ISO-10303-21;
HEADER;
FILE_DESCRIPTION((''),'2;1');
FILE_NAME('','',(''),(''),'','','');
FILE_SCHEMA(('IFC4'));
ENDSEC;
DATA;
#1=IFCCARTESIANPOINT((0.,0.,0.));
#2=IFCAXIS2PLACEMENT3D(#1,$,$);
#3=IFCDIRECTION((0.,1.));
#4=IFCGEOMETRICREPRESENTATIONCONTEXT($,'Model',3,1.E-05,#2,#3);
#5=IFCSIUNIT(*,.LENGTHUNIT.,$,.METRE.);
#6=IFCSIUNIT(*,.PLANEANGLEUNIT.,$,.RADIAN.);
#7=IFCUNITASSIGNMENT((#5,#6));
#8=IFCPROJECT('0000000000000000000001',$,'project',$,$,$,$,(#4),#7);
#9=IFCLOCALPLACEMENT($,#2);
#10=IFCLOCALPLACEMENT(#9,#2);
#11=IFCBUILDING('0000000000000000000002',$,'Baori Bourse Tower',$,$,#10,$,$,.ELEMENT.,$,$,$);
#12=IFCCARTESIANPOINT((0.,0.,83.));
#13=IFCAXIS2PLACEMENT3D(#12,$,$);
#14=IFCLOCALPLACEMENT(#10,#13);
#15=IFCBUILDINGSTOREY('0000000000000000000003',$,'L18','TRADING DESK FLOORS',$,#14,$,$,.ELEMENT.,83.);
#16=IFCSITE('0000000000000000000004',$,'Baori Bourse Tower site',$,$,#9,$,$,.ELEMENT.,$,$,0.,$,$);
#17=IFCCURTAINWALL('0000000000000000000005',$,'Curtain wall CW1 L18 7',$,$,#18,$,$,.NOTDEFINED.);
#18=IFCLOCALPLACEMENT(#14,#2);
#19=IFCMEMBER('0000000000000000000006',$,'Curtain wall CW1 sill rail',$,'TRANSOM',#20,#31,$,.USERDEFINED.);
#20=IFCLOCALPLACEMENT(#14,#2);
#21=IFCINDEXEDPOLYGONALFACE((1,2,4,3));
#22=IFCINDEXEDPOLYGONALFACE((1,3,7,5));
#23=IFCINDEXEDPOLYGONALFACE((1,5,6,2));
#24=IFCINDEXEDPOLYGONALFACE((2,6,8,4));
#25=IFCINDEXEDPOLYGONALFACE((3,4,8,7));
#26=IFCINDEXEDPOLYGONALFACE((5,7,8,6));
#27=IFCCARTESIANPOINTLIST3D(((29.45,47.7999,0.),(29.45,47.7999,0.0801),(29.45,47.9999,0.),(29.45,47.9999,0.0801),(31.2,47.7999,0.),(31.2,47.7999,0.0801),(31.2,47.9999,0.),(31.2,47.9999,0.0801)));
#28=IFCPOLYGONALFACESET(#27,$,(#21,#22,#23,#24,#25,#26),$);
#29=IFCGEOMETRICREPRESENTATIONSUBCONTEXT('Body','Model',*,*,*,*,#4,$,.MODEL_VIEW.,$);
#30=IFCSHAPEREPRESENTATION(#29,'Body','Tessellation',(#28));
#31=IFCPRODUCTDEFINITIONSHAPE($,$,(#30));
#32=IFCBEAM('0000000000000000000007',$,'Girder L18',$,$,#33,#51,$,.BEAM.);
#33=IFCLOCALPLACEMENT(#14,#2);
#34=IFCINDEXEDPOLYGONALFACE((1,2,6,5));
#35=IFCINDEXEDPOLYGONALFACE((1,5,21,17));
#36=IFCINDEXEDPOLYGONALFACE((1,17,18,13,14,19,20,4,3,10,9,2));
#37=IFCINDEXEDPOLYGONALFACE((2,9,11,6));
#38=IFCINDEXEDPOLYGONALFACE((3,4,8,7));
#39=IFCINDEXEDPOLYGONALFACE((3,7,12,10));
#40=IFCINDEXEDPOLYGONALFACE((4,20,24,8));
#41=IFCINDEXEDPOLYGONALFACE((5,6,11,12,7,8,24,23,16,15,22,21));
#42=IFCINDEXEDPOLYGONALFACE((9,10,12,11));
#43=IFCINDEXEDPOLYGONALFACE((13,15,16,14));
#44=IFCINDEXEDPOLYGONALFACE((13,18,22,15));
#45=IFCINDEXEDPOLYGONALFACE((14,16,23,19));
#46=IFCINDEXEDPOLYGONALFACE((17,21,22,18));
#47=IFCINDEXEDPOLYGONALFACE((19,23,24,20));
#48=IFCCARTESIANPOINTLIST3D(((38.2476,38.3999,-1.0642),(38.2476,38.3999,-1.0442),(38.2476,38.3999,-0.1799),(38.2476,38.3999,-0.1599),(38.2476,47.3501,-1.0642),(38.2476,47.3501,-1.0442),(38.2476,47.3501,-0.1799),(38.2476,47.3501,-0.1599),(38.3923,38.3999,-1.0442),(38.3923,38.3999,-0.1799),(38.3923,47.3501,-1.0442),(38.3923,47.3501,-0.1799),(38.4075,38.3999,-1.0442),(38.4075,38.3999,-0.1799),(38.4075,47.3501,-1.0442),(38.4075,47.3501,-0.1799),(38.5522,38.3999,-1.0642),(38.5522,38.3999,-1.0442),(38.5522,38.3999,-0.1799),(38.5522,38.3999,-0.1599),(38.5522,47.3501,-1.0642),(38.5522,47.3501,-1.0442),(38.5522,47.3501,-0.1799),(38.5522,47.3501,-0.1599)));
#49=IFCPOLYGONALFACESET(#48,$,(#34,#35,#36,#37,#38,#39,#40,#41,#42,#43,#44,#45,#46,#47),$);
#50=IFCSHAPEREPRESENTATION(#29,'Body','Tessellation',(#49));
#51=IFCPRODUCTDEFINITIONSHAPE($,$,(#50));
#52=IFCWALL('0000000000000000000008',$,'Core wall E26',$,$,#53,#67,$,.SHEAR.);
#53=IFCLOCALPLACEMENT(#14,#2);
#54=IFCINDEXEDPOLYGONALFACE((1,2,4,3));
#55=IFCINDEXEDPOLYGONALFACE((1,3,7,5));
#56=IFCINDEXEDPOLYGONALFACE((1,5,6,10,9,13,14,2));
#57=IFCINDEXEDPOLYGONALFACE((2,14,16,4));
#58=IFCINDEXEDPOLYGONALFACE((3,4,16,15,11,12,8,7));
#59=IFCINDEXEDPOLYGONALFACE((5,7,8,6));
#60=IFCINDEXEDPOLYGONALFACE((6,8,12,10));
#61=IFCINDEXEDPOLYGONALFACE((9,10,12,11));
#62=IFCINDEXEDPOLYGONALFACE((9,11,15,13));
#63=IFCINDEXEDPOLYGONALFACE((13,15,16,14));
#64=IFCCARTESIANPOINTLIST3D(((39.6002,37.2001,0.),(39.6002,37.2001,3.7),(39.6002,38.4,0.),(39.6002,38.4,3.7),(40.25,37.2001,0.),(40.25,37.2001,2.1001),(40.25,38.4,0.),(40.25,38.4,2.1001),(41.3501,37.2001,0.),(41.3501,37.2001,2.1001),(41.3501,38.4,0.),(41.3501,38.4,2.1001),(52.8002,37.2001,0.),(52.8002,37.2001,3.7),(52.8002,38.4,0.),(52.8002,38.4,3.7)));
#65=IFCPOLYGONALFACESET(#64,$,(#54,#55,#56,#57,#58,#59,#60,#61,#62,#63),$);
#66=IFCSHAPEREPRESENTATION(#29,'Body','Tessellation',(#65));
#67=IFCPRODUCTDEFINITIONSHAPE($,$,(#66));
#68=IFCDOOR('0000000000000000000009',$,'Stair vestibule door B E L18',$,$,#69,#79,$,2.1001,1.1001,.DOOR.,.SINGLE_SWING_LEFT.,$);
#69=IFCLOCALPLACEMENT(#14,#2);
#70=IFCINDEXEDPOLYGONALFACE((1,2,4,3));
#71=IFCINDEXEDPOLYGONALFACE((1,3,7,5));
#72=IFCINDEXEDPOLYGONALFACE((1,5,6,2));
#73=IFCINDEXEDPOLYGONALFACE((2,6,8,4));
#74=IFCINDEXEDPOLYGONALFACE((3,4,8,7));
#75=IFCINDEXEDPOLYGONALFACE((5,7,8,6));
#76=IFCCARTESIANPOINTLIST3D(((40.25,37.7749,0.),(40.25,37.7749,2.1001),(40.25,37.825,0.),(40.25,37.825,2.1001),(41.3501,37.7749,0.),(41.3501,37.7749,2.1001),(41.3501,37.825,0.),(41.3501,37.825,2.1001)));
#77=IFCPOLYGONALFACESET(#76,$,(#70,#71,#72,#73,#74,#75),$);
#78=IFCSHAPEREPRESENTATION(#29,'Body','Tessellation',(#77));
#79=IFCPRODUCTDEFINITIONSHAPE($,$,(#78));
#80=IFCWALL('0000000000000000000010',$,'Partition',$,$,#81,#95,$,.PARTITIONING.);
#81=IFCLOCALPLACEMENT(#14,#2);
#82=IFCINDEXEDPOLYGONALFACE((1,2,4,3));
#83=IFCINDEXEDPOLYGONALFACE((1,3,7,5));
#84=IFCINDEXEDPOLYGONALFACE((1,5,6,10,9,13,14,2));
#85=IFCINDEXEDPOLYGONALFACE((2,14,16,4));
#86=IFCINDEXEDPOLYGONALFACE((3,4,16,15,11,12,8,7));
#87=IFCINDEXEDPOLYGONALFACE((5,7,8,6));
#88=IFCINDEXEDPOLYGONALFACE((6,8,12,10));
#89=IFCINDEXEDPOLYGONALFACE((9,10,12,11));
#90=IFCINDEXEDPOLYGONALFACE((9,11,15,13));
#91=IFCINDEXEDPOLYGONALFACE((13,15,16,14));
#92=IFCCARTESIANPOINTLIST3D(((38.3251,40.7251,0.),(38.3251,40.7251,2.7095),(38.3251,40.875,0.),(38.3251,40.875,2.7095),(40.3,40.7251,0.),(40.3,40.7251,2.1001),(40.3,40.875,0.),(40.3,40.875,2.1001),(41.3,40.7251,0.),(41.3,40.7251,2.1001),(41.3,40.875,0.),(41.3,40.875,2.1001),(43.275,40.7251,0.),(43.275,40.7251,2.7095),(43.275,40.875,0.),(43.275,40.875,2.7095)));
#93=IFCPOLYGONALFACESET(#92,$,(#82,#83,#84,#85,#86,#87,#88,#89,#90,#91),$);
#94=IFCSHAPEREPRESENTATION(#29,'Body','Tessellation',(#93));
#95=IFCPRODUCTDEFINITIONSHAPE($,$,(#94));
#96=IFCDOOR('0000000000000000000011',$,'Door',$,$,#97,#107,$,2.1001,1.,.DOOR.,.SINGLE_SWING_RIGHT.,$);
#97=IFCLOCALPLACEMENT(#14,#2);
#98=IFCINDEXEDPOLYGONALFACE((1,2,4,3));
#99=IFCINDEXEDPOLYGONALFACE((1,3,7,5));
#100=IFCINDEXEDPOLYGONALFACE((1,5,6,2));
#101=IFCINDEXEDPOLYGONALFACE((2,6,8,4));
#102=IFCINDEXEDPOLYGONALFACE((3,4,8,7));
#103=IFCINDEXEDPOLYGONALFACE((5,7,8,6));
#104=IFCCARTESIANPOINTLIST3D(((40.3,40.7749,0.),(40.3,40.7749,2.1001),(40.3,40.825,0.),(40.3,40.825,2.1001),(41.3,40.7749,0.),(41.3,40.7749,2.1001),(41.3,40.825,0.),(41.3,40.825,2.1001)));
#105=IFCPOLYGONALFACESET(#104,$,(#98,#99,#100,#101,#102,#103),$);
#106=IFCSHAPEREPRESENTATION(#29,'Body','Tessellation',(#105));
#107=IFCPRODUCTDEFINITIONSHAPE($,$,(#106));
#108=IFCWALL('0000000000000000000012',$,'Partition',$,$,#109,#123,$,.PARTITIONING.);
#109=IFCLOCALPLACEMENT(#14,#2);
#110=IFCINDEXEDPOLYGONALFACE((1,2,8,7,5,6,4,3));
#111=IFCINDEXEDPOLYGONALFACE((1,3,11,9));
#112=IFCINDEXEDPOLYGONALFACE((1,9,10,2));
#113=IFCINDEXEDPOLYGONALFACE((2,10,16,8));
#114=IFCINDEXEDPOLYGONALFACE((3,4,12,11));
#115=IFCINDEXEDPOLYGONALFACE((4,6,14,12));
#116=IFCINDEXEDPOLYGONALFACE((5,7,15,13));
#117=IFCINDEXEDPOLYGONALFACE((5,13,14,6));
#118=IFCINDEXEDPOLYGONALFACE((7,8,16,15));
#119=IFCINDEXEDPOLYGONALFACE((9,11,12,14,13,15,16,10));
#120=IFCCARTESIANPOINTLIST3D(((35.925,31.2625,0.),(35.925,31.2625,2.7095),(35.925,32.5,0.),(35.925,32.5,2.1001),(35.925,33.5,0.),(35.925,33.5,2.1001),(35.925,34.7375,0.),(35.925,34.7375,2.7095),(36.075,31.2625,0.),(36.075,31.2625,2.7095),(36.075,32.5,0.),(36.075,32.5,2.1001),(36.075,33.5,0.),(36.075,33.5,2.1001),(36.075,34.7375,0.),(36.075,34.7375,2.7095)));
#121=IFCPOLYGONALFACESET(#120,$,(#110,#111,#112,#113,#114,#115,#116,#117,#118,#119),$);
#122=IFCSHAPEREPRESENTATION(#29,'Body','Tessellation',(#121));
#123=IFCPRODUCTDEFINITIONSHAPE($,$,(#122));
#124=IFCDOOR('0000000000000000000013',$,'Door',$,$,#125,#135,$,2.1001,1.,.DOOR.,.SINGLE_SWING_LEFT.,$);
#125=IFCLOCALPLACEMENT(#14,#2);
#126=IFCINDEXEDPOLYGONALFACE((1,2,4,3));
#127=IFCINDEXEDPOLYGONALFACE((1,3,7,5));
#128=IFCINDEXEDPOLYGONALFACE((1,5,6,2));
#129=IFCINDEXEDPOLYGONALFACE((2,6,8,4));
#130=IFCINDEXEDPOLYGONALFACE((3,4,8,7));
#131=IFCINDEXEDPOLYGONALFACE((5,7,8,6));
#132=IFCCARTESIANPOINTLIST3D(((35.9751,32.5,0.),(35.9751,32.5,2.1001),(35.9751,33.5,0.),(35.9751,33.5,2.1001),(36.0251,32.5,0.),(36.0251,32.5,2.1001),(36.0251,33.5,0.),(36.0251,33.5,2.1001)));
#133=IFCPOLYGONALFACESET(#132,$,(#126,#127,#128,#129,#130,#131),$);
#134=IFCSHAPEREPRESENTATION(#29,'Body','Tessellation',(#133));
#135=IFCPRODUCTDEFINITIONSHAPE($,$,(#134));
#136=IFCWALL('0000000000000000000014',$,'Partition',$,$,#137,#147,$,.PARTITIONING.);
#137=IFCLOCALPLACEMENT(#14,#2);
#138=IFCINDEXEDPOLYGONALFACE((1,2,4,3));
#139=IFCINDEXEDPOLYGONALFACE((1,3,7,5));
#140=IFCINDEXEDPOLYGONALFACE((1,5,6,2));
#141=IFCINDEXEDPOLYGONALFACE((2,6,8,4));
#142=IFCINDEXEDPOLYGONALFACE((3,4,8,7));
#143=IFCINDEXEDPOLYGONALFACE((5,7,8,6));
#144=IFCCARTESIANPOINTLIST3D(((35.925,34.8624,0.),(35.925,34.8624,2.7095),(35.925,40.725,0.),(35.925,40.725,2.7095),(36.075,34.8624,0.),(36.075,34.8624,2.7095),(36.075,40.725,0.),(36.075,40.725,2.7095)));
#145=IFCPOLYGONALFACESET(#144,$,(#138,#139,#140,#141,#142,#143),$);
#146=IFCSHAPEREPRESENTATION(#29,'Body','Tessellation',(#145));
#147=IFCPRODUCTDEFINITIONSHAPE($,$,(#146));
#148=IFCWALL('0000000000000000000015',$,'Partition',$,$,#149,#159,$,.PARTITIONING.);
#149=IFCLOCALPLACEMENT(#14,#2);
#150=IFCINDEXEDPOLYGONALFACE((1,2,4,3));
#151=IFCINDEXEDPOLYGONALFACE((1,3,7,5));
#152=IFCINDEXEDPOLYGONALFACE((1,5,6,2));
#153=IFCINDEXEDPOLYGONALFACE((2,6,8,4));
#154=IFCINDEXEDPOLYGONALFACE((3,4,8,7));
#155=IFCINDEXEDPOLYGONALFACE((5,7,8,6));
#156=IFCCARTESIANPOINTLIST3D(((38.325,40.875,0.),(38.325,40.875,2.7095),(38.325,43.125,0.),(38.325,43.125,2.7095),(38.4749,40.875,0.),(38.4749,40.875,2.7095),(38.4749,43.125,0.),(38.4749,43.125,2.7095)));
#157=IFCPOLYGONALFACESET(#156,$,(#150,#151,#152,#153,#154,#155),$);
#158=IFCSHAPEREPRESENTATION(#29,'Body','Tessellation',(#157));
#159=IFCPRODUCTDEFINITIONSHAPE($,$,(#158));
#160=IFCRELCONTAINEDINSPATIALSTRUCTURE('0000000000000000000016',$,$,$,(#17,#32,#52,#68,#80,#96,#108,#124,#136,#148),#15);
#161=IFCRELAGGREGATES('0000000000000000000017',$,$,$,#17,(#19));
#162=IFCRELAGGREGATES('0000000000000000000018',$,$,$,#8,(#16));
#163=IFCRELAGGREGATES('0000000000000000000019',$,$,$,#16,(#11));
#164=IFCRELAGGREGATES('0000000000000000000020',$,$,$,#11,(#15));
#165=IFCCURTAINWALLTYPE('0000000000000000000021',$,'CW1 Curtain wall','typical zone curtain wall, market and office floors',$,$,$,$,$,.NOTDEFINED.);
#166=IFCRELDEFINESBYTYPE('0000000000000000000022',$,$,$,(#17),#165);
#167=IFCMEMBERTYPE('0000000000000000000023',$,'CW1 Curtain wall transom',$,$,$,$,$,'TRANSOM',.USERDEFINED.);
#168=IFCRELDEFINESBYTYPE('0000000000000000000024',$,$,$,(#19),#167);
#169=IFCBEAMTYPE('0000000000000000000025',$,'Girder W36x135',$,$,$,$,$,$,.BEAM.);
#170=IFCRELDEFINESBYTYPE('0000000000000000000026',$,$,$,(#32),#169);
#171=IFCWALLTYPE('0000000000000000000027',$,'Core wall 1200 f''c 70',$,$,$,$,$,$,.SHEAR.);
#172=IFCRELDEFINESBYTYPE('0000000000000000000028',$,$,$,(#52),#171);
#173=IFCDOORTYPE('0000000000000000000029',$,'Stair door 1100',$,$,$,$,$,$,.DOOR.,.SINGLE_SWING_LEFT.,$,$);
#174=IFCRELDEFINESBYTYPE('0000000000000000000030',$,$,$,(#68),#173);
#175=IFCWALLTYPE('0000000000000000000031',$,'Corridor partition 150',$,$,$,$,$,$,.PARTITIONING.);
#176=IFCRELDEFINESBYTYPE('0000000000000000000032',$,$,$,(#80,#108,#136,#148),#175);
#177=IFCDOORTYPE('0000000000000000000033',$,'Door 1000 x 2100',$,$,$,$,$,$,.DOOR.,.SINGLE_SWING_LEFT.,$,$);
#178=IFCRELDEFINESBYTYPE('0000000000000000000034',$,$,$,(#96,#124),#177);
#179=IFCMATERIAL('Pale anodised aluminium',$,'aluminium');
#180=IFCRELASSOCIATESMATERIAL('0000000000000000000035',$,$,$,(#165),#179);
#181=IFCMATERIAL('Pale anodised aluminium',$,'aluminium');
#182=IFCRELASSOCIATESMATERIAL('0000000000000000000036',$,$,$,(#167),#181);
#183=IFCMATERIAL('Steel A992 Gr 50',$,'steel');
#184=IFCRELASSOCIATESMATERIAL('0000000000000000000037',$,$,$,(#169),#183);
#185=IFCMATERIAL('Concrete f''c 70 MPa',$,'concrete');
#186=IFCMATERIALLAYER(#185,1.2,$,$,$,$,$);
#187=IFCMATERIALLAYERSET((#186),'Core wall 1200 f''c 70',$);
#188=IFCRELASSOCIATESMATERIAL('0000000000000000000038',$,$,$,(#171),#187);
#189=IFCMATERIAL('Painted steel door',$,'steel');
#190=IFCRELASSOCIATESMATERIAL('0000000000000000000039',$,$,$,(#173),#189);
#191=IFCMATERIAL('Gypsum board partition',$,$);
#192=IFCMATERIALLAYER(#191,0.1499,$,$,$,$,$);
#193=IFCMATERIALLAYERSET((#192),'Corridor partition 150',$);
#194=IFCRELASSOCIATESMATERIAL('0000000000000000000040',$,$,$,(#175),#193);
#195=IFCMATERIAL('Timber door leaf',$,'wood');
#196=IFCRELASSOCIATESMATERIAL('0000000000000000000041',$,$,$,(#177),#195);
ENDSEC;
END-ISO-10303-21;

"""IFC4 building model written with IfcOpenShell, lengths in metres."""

from ifc_helpers import new_model, si_unit, direction, frame, frame_2d, origin, origin_2d, place, context, subcontext, project, spatial, rectangle, i_section, extrude, material, layer, layer_set, material_profile, profile_set, type_object, element, fill, aggregate, save


model = new_model("IFC4")

# Units and contexts
model_context = context("Model", 3, precision=1e-05, world=origin(), true_north=direction((0.0, 1.0)))
body_context = subcontext(model_context, "Body", "Model", "MODEL_VIEW")
ifc_project = project(units=[si_unit("LENGTHUNIT", "METRE"), si_unit("PLANEANGLEUNIT", "RADIAN")], contexts=[model_context])

# Site, building, storey
site_placement = place(None, origin())
site = spatial("IfcSite", under=ifc_project, at=site_placement, Name="Baori Bourse Tower site", CompositionType="ELEMENT", RefElevation=0.0)
building_placement = place(site_placement, origin())
building = spatial("IfcBuilding", under=site, at=building_placement, Name="Baori Bourse Tower", CompositionType="ELEMENT")
storey_placement = place(building_placement, frame((0.0, 0.0, 83.0)))
storey = spatial("IfcBuildingStorey", under=building, at=storey_placement, Name="L18", Description="TRADING DESK FLOORS", CompositionType="ELEMENT", Elevation=83.0)

# Curtain wall, member
ifc_material_1 = material(Name="Pale anodised aluminium", Category="aluminium")
curtain_wall_type = type_object("IfcCurtainWallType", Name="CW1 Curtain wall", Description="typical zone curtain wall, market and office floors", PredefinedType="NOTDEFINED", material=ifc_material_1)
curtain_wall_placement = place(storey_placement, origin())
curtain_wall = element("IfcCurtainWall", 1, at=curtain_wall_placement, inside=storey, type_object=curtain_wall_type, Name="Curtain wall CW1 L18 7", PredefinedType="NOTDEFINED")
ifc_material_2 = material(Name="Pale anodised aluminium", Category="aluminium")
ifc_material_profile_1 = material_profile(ifc_material_2, rectangle(XDim=0.2, YDim=0.0801, at=origin_2d()), Name="Transom 80x200")
ifc_profile_set_1 = profile_set([ifc_material_profile_1], Name="Pale anodised aluminium")
member_type = type_object("IfcMemberType", Name="CW1 Curtain wall transom", ElementType="TRANSOM", PredefinedType="USERDEFINED", material=ifc_profile_set_1)
member_placement = place(storey_placement, frame((31.2, 47.8999, 0.04), z_axis=(-1.0, 0.0, 0.0), x_axis=(0.0, -1.0, 0.0)))
member = element("IfcMember", 2, at=member_placement, type_object=member_type, Name="Curtain wall CW1 sill rail", ObjectType="TRANSOM", PredefinedType="USERDEFINED", context=body_context, shape_type="SweptSolid", body=[
    extrude(rectangle(XDim=0.2, YDim=0.0801, at=origin_2d()), origin(), (0.0, 0.0, 1.0), 1.75),
])
aggregate(curtain_wall, [member])

# Beam
ifc_material_3 = material(Name="Steel A992 Gr 50", Category="steel")
ifc_material_profile_2 = material_profile(ifc_material_3, i_section(OverallWidth=0.3047, OverallDepth=0.9043, WebThickness=0.0151, FlangeThickness=0.02, at=origin_2d()), Name="W36x135")
ifc_profile_set_2 = profile_set([ifc_material_profile_2], Name="Steel A992 Gr 50")
beam_type = type_object("IfcBeamType", Name="Girder W36x135", PredefinedType="BEAM", material=ifc_profile_set_2)
beam_placement = place(storey_placement, frame((38.3999, 38.3999, -0.6121), z_axis=(0.0, 1.0, 0.0), x_axis=(-1.0, 0.0, 0.0)))
element("IfcBeam", 3, at=beam_placement, inside=storey, type_object=beam_type, Name="Girder L18", PredefinedType="BEAM", context=body_context, shape_type="SweptSolid", body=[
    extrude(i_section(OverallWidth=0.3047, OverallDepth=0.9043, WebThickness=0.0151, FlangeThickness=0.02, at=origin_2d()), origin(), (0.0, 0.0, 1.0), 8.9502),
])

# Walls, openings, doors
ifc_material_4 = material(Name="Concrete f'c 70 MPa", Category="concrete")
ifc_layer_1 = layer(ifc_material_4, 1.2)
ifc_layer_set_1 = layer_set([ifc_layer_1], Name="Core wall 1200 f'c 70")
wall_type_1 = type_object("IfcWallType", Name="Core wall 1200 f'c 70", PredefinedType="SHEAR", material=ifc_layer_set_1)
wall_1_placement = place(storey_placement, frame((39.6001, 37.8, 0.0), z_axis=(0.0, 0.0, 1.0), x_axis=(1.0, 0.0, 0.0)))
wall_1 = element("IfcWall", 4, at=wall_1_placement, inside=storey, type_object=wall_type_1, Name="Core wall E26", PredefinedType="SHEAR", context=body_context, shape_type="SweptSolid", body=[
    extrude(rectangle(XDim=13.2, YDim=1.2, at=frame_2d((6.6001, 0.0))), origin(), (0.0, 0.0, 1.0), 3.7),
])
opening_1_placement = place(wall_1_placement, frame((0.6499, 0.0, 0.0)))
opening_1 = element("IfcOpeningElement", 5, at=opening_1_placement, cuts=wall_1, PredefinedType="OPENING", context=body_context, shape_type="SweptSolid", body=[
    extrude(rectangle(XDim=1.1001, YDim=2.1001, at=frame_2d((0.55, 1.05))), frame((0.0, 0.6099, 0.0), z_axis=(0.0, -1.0, 0.0), x_axis=(1.0, 0.0, 0.0)), (0.0, 0.0, 1.0), 1.22),
])
ifc_material_5 = material(Name="Painted steel door", Category="steel")
door_type_1 = type_object("IfcDoorType", Name="Stair door 1100", OperationType="SINGLE_SWING_LEFT", PredefinedType="DOOR", material=ifc_material_5)
door_1_placement = place(opening_1_placement, origin())
door_1 = element("IfcDoor", 6, at=door_1_placement, inside=storey, type_object=door_type_1, Name="Stair vestibule door B E L18", OperationType="SINGLE_SWING_LEFT", OverallHeight=2.1001, OverallWidth=1.1001, PredefinedType="DOOR", context=body_context, shape_type="SweptSolid", body=[
    extrude(rectangle(XDim=1.1001, YDim=2.1001, at=frame_2d((0.55, 1.05))), frame((0.0, 0.0249, 0.0), z_axis=(0.0, -1.0, 0.0), x_axis=(1.0, 0.0, 0.0)), (0.0, 0.0, 1.0), 0.05),
])
fill(opening_1, door_1)
ifc_material_6 = material(Name="Gypsum board partition")
ifc_layer_2 = layer(ifc_material_6, 0.1499)
ifc_layer_set_2 = layer_set([ifc_layer_2], Name="Corridor partition 150")
wall_type_2 = type_object("IfcWallType", Name="Corridor partition 150", PredefinedType="PARTITIONING", material=ifc_layer_set_2)
wall_2_placement = place(storey_placement, frame((38.325, 40.8, 0.0), z_axis=(0.0, 0.0, 1.0), x_axis=(1.0, 0.0, 0.0)))
wall_2 = element("IfcWall", 7, at=wall_2_placement, inside=storey, type_object=wall_type_2, Name="Partition", PredefinedType="PARTITIONING", context=body_context, shape_type="SweptSolid", body=[
    extrude(rectangle(XDim=4.95, YDim=0.1499, at=frame_2d((2.4751, 0.0))), origin(), (0.0, 0.0, 1.0), 2.7095),
])
opening_2_placement = place(wall_2_placement, frame((1.9751, 0.0, 0.0)))
opening_2 = element("IfcOpeningElement", 8, at=opening_2_placement, cuts=wall_2, PredefinedType="OPENING", context=body_context, shape_type="SweptSolid", body=[
    extrude(rectangle(XDim=1.0, YDim=2.1001, at=frame_2d((0.5, 1.05))), frame((0.0, 0.085, 0.0), z_axis=(0.0, -1.0, 0.0), x_axis=(1.0, 0.0, 0.0)), (0.0, 0.0, 1.0), 0.1699),
])
ifc_material_7 = material(Name="Timber door leaf", Category="wood")
door_type_2 = type_object("IfcDoorType", Name="Door 1000 x 2100", OperationType="SINGLE_SWING_LEFT", PredefinedType="DOOR", material=ifc_material_7)
door_2_placement = place(opening_2_placement, origin())
door_2 = element("IfcDoor", 9, at=door_2_placement, inside=storey, type_object=door_type_2, Name="Door", OperationType="SINGLE_SWING_RIGHT", OverallHeight=2.1001, OverallWidth=1.0, PredefinedType="DOOR", context=body_context, shape_type="SweptSolid", body=[
    extrude(rectangle(XDim=1.0, YDim=2.1001, at=frame_2d((0.5, 1.05))), frame((0.0, 0.0249, 0.0), z_axis=(0.0, -1.0, 0.0), x_axis=(1.0, 0.0, 0.0)), (0.0, 0.0, 1.0), 0.05),
])
fill(opening_2, door_2)
wall_3_placement = place(storey_placement, frame((36.0, 31.2625, 0.0), z_axis=(0.0, 0.0, 1.0), x_axis=(0.0, 1.0, 0.0)))
wall_3 = element("IfcWall", 10, at=wall_3_placement, inside=storey, type_object=wall_type_2, Name="Partition", PredefinedType="PARTITIONING", context=body_context, shape_type="SweptSolid", body=[
    extrude(rectangle(XDim=3.4751, YDim=0.1499, at=frame_2d((1.7375, 0.0))), origin(), (0.0, 0.0, 1.0), 2.7095),
])
opening_3_placement = place(wall_3_placement, frame((1.2375, 0.0, 0.0)))
opening_3 = element("IfcOpeningElement", 11, at=opening_3_placement, cuts=wall_3, PredefinedType="OPENING", context=body_context, shape_type="SweptSolid", body=[
    extrude(rectangle(XDim=1.0, YDim=2.1001, at=frame_2d((0.5, 1.05))), frame((0.0, 0.085, 0.0), z_axis=(0.0, -1.0, 0.0), x_axis=(1.0, 0.0, 0.0)), (0.0, 0.0, 1.0), 0.1699),
])
door_3_placement = place(opening_3_placement, origin())
door_3 = element("IfcDoor", 12, at=door_3_placement, inside=storey, type_object=door_type_2, Name="Door", OperationType="SINGLE_SWING_LEFT", OverallHeight=2.1001, OverallWidth=1.0, PredefinedType="DOOR", context=body_context, shape_type="SweptSolid", body=[
    extrude(rectangle(XDim=1.0, YDim=2.1001, at=frame_2d((0.5, 1.05))), frame((0.0, 0.0249, 0.0), z_axis=(0.0, -1.0, 0.0), x_axis=(1.0, 0.0, 0.0)), (0.0, 0.0, 1.0), 0.05),
])
fill(opening_3, door_3)

# Walls
wall_4_placement = place(storey_placement, frame((36.0, 34.8625, 0.0), z_axis=(0.0, 0.0, 1.0), x_axis=(0.0, 1.0, 0.0)))
element("IfcWall", 13, at=wall_4_placement, inside=storey, type_object=wall_type_2, Name="Partition", PredefinedType="PARTITIONING", context=body_context, shape_type="SweptSolid", body=[
    extrude(rectangle(XDim=5.8625, YDim=0.1499, at=frame_2d((2.9312, 0.0))), origin(), (0.0, 0.0, 1.0), 2.7095),
])
wall_5_placement = place(storey_placement, frame((38.3999, 40.875, 0.0), z_axis=(0.0, 0.0, 1.0), x_axis=(0.0, 1.0, 0.0)))
element("IfcWall", 14, at=wall_5_placement, inside=storey, type_object=wall_type_2, Name="Partition", PredefinedType="PARTITIONING", context=body_context, shape_type="SweptSolid", body=[
    extrude(rectangle(XDim=2.25, YDim=0.1499, at=frame_2d((1.125, 0.0))), origin(), (0.0, 0.0, 1.0), 2.7095),
])

save(model, "model.ifc")
